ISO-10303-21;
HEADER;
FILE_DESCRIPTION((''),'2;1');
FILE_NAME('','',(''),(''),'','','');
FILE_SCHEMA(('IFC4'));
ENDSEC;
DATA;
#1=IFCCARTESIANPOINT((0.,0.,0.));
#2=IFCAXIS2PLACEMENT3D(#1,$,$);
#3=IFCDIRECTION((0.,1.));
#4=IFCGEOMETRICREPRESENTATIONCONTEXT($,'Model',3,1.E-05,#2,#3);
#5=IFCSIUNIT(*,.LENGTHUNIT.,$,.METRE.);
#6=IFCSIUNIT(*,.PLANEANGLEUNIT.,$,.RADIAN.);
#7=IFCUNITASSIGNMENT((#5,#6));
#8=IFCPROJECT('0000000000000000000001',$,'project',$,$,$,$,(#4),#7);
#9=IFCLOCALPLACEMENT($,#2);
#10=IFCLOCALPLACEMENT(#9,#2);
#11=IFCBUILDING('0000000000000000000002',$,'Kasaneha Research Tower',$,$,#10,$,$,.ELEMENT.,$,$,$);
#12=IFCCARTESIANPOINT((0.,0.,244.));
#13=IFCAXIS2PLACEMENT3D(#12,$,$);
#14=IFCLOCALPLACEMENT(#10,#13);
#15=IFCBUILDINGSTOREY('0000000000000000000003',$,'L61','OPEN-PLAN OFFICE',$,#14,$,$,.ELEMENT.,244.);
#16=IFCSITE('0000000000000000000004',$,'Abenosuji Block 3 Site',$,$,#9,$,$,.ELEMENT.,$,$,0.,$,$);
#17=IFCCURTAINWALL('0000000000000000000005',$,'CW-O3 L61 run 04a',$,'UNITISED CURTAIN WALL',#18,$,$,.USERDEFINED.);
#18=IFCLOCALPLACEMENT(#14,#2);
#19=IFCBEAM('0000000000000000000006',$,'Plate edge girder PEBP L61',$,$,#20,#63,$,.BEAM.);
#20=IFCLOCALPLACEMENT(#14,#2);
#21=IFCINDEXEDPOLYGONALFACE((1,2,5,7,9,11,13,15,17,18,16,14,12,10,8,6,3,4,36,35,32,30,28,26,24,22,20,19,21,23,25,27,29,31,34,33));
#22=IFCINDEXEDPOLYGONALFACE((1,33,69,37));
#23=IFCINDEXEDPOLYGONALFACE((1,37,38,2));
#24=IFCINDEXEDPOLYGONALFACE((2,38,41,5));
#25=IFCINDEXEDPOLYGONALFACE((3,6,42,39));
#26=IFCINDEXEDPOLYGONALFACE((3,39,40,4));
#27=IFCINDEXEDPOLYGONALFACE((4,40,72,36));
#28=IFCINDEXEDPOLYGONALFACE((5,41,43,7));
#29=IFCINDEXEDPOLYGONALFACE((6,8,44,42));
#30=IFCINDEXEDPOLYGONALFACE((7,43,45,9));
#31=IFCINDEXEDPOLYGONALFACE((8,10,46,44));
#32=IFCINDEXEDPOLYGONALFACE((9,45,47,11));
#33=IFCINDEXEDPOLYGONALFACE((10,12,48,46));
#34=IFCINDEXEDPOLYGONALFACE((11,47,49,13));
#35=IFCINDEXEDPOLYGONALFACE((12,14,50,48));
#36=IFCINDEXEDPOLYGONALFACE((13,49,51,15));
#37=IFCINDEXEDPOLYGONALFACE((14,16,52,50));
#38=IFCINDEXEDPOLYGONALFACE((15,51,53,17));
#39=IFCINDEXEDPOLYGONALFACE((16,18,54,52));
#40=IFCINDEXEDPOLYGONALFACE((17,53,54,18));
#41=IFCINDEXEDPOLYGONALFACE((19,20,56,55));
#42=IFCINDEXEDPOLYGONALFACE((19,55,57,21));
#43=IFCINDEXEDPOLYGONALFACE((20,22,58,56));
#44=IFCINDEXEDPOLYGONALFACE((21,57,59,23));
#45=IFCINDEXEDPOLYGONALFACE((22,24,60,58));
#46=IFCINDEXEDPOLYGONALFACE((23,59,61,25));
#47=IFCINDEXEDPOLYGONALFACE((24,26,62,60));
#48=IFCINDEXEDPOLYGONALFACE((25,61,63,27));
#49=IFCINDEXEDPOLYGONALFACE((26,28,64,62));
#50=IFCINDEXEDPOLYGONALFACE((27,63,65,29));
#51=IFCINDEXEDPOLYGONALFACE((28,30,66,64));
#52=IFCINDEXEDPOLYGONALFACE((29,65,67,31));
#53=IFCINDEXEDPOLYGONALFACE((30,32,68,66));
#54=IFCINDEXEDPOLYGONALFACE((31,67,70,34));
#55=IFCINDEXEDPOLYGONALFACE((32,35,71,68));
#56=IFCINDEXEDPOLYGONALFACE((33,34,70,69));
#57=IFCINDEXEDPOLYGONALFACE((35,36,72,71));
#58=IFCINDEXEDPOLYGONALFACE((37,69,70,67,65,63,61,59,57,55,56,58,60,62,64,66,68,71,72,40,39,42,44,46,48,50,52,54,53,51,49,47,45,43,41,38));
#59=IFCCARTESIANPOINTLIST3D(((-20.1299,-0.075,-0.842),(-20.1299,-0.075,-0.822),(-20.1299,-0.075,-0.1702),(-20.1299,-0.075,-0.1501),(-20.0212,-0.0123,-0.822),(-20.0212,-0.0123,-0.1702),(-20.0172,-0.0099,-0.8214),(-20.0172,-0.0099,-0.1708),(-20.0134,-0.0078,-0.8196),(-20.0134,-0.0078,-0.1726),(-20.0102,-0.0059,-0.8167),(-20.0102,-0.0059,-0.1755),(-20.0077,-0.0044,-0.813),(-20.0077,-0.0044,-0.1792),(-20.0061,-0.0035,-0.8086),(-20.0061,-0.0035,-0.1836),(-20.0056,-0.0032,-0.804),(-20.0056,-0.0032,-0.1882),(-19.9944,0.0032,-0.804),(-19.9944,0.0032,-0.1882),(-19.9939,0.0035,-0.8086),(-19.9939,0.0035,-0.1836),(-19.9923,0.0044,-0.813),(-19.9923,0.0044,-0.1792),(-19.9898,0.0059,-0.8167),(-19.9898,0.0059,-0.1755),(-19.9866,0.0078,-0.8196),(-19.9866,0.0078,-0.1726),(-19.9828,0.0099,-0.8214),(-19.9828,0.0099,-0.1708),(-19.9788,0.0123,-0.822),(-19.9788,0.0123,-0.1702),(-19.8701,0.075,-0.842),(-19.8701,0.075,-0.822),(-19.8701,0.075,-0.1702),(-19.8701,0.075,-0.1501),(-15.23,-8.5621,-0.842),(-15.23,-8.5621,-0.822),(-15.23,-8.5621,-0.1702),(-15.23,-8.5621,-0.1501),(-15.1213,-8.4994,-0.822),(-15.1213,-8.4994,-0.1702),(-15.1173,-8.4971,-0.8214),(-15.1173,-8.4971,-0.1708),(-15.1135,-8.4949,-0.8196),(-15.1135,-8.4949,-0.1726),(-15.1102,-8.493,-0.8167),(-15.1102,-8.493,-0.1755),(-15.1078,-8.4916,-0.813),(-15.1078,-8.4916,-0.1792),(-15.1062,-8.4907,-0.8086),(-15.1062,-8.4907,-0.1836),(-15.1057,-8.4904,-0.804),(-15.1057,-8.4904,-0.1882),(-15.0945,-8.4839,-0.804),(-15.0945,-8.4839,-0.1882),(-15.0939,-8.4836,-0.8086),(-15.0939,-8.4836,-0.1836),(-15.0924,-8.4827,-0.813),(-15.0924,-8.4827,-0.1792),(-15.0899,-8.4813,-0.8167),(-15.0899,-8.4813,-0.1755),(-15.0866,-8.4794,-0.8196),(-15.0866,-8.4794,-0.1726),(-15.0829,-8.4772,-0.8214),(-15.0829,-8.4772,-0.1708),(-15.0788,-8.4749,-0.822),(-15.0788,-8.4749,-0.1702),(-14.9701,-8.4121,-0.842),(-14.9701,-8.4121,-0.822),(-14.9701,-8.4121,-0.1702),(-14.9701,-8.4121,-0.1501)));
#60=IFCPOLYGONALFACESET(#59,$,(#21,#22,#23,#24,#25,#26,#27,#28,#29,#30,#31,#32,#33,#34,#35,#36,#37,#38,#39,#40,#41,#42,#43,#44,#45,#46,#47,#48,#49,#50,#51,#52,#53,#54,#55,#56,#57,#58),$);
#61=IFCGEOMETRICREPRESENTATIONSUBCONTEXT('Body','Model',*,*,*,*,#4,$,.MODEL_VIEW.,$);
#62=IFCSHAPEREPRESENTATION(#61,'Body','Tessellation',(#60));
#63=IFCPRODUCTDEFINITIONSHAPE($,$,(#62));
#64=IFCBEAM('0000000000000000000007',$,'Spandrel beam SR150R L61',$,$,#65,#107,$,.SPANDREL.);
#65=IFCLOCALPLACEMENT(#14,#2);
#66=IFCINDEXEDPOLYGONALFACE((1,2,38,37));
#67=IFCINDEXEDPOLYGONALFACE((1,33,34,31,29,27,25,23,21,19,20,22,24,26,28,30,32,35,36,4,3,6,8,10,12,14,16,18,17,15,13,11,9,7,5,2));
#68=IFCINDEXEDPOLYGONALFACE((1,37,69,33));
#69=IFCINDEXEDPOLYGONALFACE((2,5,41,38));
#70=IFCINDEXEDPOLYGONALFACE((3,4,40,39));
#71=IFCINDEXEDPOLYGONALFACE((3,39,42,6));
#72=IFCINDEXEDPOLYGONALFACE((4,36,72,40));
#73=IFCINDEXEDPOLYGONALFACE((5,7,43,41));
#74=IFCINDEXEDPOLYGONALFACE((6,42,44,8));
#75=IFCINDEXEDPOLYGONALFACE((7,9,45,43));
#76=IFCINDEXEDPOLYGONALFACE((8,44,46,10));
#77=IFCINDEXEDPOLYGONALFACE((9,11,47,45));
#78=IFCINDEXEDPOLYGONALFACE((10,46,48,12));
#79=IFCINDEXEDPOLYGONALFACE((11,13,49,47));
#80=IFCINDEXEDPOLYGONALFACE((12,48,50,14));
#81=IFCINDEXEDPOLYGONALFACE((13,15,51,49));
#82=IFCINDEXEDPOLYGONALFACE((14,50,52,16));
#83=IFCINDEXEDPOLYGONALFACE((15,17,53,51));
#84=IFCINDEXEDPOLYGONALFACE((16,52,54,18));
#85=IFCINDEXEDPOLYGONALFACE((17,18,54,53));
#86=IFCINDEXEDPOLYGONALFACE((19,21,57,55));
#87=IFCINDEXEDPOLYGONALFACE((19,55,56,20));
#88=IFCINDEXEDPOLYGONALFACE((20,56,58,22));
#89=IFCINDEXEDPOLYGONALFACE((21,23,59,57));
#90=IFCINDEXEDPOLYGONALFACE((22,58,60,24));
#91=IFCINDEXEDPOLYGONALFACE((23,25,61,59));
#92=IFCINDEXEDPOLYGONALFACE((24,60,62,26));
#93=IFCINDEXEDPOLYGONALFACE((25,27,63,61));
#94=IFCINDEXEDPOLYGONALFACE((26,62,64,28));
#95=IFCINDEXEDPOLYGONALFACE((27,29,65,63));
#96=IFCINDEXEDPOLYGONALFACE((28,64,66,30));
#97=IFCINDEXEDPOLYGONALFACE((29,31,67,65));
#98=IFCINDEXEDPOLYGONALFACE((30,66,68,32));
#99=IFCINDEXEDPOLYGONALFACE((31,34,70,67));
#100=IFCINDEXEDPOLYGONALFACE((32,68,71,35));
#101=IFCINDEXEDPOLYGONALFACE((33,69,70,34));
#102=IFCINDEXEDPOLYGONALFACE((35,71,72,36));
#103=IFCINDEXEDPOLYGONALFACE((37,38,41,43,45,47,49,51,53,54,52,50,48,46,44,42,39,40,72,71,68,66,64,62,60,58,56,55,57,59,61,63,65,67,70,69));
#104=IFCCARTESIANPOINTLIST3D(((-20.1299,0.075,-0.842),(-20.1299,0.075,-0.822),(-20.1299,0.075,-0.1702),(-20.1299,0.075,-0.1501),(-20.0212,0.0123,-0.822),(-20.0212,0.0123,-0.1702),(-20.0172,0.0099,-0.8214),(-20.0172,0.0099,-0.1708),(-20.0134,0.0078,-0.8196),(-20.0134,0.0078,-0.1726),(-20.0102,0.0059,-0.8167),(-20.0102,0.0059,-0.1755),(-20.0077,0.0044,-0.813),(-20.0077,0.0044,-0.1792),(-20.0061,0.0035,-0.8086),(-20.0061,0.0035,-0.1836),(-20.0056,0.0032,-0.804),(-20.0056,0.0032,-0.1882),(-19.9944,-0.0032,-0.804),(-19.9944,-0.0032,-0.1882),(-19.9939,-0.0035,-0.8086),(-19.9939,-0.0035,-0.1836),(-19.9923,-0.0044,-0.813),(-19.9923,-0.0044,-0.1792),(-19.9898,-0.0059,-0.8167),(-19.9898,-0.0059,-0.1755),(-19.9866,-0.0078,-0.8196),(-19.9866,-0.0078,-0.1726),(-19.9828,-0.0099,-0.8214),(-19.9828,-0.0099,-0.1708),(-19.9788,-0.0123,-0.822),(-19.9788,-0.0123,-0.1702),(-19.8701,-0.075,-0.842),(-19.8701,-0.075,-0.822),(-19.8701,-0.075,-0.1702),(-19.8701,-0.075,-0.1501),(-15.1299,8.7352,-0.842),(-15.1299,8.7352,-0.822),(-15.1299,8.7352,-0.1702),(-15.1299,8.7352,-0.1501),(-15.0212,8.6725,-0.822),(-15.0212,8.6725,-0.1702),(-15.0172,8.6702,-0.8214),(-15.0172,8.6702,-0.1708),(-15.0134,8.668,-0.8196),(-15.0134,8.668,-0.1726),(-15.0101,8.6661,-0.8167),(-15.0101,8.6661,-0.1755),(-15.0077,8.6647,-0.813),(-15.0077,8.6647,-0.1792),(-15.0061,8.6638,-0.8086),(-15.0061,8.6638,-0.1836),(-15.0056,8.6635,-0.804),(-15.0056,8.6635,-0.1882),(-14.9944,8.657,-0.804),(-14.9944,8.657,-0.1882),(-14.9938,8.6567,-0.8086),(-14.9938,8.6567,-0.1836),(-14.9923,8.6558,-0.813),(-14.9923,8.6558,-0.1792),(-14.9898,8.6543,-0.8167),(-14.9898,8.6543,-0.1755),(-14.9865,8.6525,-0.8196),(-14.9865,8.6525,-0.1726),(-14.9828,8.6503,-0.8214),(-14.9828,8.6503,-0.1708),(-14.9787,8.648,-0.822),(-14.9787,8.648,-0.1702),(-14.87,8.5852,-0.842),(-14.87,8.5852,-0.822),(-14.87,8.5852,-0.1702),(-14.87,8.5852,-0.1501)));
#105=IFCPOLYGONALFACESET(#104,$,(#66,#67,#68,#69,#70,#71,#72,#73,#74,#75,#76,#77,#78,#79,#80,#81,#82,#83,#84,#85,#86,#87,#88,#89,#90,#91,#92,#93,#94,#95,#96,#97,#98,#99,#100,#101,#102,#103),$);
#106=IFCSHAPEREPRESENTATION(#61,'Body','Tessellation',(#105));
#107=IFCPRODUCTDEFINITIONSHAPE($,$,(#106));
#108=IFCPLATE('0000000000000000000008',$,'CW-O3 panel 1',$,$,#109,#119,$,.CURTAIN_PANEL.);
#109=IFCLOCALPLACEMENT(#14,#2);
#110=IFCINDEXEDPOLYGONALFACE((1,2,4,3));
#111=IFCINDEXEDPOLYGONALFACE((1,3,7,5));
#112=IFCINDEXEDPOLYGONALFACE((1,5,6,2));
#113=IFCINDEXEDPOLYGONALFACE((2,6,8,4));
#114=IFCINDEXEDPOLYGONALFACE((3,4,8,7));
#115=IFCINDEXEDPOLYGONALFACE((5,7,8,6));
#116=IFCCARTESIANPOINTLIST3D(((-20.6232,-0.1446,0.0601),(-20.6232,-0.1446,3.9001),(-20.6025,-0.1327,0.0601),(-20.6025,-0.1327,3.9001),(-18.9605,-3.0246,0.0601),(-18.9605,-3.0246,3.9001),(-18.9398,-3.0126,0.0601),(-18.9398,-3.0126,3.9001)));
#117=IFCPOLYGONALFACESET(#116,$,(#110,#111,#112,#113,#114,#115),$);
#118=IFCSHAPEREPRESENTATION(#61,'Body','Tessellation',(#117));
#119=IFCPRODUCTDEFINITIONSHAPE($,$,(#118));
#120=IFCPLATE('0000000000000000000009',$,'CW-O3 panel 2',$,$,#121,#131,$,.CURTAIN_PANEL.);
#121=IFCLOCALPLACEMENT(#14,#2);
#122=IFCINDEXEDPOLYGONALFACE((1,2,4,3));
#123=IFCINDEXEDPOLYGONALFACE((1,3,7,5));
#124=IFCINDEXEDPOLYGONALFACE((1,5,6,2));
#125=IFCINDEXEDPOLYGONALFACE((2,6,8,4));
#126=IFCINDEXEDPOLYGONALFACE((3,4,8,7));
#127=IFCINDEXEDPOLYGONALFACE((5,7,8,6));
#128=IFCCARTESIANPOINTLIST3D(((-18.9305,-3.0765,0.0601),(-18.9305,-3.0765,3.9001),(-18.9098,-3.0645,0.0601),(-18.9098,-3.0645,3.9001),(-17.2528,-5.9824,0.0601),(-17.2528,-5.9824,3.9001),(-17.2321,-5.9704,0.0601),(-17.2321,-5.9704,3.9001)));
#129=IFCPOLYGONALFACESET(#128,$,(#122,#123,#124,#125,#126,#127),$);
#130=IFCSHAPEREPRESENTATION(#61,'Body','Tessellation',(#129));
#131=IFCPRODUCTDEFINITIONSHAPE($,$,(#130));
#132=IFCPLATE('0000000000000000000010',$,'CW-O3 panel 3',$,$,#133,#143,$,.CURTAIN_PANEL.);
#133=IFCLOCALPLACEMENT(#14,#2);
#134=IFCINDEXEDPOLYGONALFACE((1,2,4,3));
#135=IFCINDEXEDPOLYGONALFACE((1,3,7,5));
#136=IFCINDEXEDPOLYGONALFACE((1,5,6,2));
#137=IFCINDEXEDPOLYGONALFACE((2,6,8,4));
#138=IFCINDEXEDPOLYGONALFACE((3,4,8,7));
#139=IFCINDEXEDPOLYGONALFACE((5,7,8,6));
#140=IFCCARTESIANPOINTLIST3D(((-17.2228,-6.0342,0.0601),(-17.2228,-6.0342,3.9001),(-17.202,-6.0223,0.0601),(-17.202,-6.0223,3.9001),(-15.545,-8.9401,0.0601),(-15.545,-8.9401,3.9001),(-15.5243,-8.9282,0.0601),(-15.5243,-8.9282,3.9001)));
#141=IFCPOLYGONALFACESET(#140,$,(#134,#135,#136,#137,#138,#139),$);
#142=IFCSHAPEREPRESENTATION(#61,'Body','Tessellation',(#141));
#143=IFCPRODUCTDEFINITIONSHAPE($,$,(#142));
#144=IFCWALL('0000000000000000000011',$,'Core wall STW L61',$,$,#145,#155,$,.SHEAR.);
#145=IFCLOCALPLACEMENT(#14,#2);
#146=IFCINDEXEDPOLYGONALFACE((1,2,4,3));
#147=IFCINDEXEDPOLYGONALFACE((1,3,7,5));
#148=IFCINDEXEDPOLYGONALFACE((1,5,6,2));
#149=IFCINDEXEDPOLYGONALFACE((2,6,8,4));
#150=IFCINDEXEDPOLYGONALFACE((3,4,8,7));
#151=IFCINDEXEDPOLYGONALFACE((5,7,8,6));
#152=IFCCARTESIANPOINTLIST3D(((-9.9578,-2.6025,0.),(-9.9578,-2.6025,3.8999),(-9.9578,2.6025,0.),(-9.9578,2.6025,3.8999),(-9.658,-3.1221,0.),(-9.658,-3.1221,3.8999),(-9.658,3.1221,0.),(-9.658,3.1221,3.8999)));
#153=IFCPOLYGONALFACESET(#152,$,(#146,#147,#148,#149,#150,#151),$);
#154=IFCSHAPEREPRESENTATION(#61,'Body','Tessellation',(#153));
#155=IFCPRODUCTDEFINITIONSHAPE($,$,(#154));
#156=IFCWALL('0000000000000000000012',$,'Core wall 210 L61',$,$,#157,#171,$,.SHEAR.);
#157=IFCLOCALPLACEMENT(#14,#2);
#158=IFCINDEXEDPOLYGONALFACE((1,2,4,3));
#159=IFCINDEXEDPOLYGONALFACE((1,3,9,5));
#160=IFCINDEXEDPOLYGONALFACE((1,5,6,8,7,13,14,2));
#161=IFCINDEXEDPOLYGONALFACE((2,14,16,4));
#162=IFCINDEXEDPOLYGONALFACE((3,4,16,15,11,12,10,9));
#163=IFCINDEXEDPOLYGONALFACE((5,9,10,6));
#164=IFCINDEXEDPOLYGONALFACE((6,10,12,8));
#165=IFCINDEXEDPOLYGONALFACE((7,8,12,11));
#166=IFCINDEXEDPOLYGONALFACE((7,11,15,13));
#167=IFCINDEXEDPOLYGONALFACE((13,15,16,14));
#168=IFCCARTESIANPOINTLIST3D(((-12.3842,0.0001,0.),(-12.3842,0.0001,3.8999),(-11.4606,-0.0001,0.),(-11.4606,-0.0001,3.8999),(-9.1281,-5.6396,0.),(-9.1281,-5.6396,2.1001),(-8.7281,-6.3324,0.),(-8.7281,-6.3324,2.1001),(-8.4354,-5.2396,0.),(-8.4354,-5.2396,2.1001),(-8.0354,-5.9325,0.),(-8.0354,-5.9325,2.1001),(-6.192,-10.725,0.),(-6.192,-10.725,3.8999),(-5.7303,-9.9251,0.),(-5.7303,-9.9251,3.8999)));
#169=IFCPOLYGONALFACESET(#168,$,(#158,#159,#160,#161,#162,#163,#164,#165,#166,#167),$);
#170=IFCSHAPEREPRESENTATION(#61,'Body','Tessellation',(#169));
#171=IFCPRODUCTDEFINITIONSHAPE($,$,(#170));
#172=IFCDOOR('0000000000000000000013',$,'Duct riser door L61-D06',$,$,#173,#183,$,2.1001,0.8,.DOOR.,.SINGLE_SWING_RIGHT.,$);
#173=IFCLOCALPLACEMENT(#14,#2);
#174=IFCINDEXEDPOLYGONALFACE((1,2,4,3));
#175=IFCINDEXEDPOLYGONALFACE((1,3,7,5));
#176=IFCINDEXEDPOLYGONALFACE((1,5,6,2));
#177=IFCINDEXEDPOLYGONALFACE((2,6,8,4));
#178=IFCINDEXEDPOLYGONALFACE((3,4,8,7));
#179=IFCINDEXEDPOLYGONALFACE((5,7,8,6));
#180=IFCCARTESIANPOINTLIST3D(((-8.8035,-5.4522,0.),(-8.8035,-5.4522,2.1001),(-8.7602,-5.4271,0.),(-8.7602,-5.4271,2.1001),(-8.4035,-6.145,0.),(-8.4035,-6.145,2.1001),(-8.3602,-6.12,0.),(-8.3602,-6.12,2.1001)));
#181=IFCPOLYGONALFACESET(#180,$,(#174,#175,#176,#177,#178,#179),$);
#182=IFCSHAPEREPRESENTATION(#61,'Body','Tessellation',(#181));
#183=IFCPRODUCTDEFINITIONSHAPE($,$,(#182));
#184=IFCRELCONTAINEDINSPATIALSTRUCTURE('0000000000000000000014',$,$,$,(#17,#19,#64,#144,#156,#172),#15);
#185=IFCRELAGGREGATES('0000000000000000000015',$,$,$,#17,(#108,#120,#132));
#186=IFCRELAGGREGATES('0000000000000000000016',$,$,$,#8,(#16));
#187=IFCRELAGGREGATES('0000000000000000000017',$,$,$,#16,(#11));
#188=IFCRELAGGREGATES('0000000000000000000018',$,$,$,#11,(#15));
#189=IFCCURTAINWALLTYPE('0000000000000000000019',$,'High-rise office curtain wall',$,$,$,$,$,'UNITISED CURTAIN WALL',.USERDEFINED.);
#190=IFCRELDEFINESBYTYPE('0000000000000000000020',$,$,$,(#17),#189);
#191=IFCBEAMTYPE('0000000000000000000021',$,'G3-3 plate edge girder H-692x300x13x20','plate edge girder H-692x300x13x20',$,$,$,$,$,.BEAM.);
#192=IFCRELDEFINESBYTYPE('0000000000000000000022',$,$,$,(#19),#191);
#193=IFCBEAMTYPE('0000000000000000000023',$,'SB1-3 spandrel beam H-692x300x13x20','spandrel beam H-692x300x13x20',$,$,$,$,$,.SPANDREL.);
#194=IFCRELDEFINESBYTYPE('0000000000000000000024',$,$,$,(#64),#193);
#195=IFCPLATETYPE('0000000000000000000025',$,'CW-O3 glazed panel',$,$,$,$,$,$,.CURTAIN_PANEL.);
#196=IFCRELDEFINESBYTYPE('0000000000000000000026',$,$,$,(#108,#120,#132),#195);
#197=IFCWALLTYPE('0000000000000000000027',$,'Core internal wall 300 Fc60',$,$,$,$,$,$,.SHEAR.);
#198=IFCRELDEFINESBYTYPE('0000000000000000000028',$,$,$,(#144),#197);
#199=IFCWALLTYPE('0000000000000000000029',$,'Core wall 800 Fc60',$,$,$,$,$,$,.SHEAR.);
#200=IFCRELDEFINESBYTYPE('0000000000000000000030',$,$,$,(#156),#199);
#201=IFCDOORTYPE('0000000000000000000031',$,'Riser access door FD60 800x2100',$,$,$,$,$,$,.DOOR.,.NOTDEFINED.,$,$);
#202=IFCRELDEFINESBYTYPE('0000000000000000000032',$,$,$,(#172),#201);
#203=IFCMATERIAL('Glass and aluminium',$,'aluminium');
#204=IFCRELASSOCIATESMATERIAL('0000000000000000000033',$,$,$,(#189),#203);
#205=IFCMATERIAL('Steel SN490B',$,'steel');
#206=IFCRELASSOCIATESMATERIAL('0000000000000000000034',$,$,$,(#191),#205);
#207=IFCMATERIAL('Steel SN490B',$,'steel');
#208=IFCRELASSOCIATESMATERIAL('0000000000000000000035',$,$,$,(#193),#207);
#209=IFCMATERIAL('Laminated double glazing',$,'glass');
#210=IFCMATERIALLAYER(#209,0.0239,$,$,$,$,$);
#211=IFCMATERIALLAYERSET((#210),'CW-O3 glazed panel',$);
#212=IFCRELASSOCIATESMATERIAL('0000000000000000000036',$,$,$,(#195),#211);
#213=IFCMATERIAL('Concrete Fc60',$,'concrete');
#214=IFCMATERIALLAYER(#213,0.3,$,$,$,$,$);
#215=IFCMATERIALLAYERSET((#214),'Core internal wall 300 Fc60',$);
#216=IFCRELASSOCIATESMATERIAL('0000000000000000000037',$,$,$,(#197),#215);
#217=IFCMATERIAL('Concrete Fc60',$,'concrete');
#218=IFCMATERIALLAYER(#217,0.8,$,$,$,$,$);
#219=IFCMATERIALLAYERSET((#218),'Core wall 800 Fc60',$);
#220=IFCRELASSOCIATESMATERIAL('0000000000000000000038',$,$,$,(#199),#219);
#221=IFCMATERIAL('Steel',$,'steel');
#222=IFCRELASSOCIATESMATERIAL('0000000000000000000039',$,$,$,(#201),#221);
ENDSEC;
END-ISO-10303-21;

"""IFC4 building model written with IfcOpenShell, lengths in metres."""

from ifc_helpers import new_model, si_unit, direction, frame, frame_2d, origin, origin_2d, place, context, subcontext, project, spatial, polyline, rectangle, i_section, outline, extrude, material, layer, layer_set, material_profile, profile_set, type_object, element, fill, aggregate, save


model = new_model("IFC4")

# Units and contexts
model_context = context("Model", 3, precision=1e-05, world=origin(), true_north=direction((0.0, 1.0)))
body_context = subcontext(model_context, "Body", "Model", "MODEL_VIEW")
ifc_project = project(units=[si_unit("LENGTHUNIT", "METRE"), si_unit("PLANEANGLEUNIT", "RADIAN")], contexts=[model_context])

# Site, building, storey
site_placement = place(None, origin())
site = spatial("IfcSite", under=ifc_project, at=site_placement, Name="Abenosuji Block 3 Site", CompositionType="ELEMENT", RefElevation=0.0)
building_placement = place(site_placement, origin())
building = spatial("IfcBuilding", under=site, at=building_placement, Name="Kasaneha Research Tower", CompositionType="ELEMENT")
storey_placement = place(building_placement, frame((0.0, 0.0, 244.0)))
storey = spatial("IfcBuildingStorey", under=building, at=storey_placement, Name="L61", Description="OPEN-PLAN OFFICE", CompositionType="ELEMENT", Elevation=244.0)

# Curtain wall
ifc_material_1 = material(Name="Glass and aluminium", Category="aluminium")
curtain_wall_type = type_object("IfcCurtainWallType", Name="High-rise office curtain wall", ElementType="UNITISED CURTAIN WALL", PredefinedType="USERDEFINED", material=ifc_material_1)
curtain_wall_placement = place(storey_placement, origin())
curtain_wall = element("IfcCurtainWall", 1, at=curtain_wall_placement, inside=storey, type_object=curtain_wall_type, Name="CW-O3 L61 run 04a", ObjectType="UNITISED CURTAIN WALL", PredefinedType="USERDEFINED")

# Beams
ifc_material_2 = material(Name="Steel SN490B", Category="steel")
ifc_material_profile_1 = material_profile(ifc_material_2, i_section(OverallWidth=0.3, OverallDepth=0.6919, WebThickness=0.0129, FlangeThickness=0.02, FilletRadius=0.0181, at=origin_2d()), Name="H-692x300x13x20")
ifc_profile_set_1 = profile_set([ifc_material_profile_1], Name="Steel SN490B")
beam_type_1 = type_object("IfcBeamType", Name="G3-3 plate edge girder H-692x300x13x20", Description="plate edge girder H-692x300x13x20", PredefinedType="BEAM", material=ifc_profile_set_1)
beam_1_placement = place(storey_placement, frame((-20.0, 0.0, -0.4961), z_axis=(0.499992, -0.86603, 0.0), x_axis=(0.86603, 0.499992, 0.0)))
element("IfcBeam", 2, at=beam_1_placement, inside=storey, type_object=beam_type_1, Name="Plate edge girder PEBP L61", PredefinedType="BEAM", context=body_context, shape_type="SweptSolid", body=[
    extrude(i_section(OverallWidth=0.3, OverallDepth=0.6919, WebThickness=0.0129, FlangeThickness=0.02, FilletRadius=0.0181, at=origin_2d()), origin(), (0.0, 0.0, 1.0), 9.8),
])
ifc_material_3 = material(Name="Steel SN490B", Category="steel")
ifc_material_profile_2 = material_profile(ifc_material_3, i_section(OverallWidth=0.3, OverallDepth=0.6919, WebThickness=0.0129, FlangeThickness=0.02, FilletRadius=0.0181, at=origin_2d()), Name="H-692x300x13x20")
ifc_profile_set_2 = profile_set([ifc_material_profile_2], Name="Steel SN490B")
beam_type_2 = type_object("IfcBeamType", Name="SB1-3 spandrel beam H-692x300x13x20", Description="spandrel beam H-692x300x13x20", PredefinedType="SPANDREL", material=ifc_profile_set_2)
beam_2_placement = place(storey_placement, frame((-20.0, 0.0, -0.4961), z_axis=(0.500004, 0.866023, 0.0), x_axis=(-0.866023, 0.500004, 0.0)))
element("IfcBeam", 3, at=beam_2_placement, inside=storey, type_object=beam_type_2, Name="Spandrel beam SR150R L61", PredefinedType="SPANDREL", context=body_context, shape_type="SweptSolid", body=[
    extrude(i_section(OverallWidth=0.3, OverallDepth=0.6919, WebThickness=0.0129, FlangeThickness=0.02, FilletRadius=0.0181, at=origin_2d()), origin(), (0.0, 0.0, 1.0), 10.0),
])

# Plates
ifc_material_4 = material(Name="Laminated double glazing", Category="glass")
ifc_layer_1 = layer(ifc_material_4, 0.0239)
ifc_layer_set_1 = layer_set([ifc_layer_1], Name="CW-O3 glazed panel")
plate_type = type_object("IfcPlateType", Name="CW-O3 glazed panel", PredefinedType="CURTAIN_PANEL", material=ifc_layer_set_1)
plate_1_placement = place(storey_placement, frame((-19.7815, -1.5786, 0.0601), z_axis=(0.0, 0.0, 1.0), x_axis=(0.5, -0.866025, 0.0)))
plate_1 = element("IfcPlate", 4, at=plate_1_placement, type_object=plate_type, Name="CW-O3 panel 1", PredefinedType="CURTAIN_PANEL", context=body_context, shape_type="SweptSolid", body=[
    extrude(rectangle(XDim=3.3254, YDim=0.0239, at=origin_2d()), origin(), (0.0, 0.0, 1.0), 3.8401),
])
plate_2_placement = place(storey_placement, frame((-18.0813, -4.5234, 0.0601), z_axis=(0.0, 0.0, 1.0), x_axis=(0.5, -0.866025, 0.0)))
plate_2 = element("IfcPlate", 5, at=plate_2_placement, type_object=plate_type, Name="CW-O3 panel 2", PredefinedType="CURTAIN_PANEL", context=body_context, shape_type="SweptSolid", body=[
    extrude(rectangle(XDim=3.3555, YDim=0.0239, at=origin_2d()), origin(), (0.0, 0.0, 1.0), 3.8401),
])
plate_3_placement = place(storey_placement, frame((-16.3735, -7.4812, 0.0601), z_axis=(0.0, 0.0, 1.0), x_axis=(0.5, -0.866025, 0.0)))
plate_3 = element("IfcPlate", 6, at=plate_3_placement, type_object=plate_type, Name="CW-O3 panel 3", PredefinedType="CURTAIN_PANEL", context=body_context, shape_type="SweptSolid", body=[
    extrude(rectangle(XDim=3.3555, YDim=0.0239, at=origin_2d()), origin(), (0.0, 0.0, 1.0), 3.8401),
])
aggregate(curtain_wall, [plate_1, plate_2, plate_3])

# Wall
ifc_material_5 = material(Name="Concrete Fc60", Category="concrete")
ifc_layer_2 = layer(ifc_material_5, 0.3)
ifc_layer_set_2 = layer_set([ifc_layer_2], Name="Core internal wall 300 Fc60")
wall_type_1 = type_object("IfcWallType", Name="Core internal wall 300 Fc60", PredefinedType="SHEAR", material=ifc_layer_set_2)
wall_1_placement = place(storey_placement, frame((-9.8079, -2.8623, 0.0), z_axis=(0.0, 0.0, 1.0), x_axis=(0.0, 1.0, 0.0)))
element("IfcWall", 7, at=wall_1_placement, inside=storey, type_object=wall_type_1, Name="Core wall STW L61", PredefinedType="SHEAR", context=body_context, shape_type="SweptSolid", body=[
    extrude(outline(polyline([(-0.2598, -0.1499), (5.9844, -0.1499), (5.4648, 0.1499), (0.2598, 0.1499), (-0.2598, -0.1499)])), origin(), (0.0, 0.0, 1.0), 3.8999),
])

# Wall, opening, door
ifc_material_6 = material(Name="Concrete Fc60", Category="concrete")
ifc_layer_3 = layer(ifc_material_6, 0.8)
ifc_layer_set_3 = layer_set([ifc_layer_3], Name="Core wall 800 Fc60")
wall_type_2 = type_object("IfcWallType", Name="Core wall 800 Fc60", PredefinedType="SHEAR", material=ifc_layer_set_3)
wall_2_placement = place(storey_placement, frame((-11.9224, 0.0, 0.0), z_axis=(0.0, 0.0, 1.0), x_axis=(0.500004, -0.866023, 0.0)))
wall_2 = element("IfcWall", 8, at=wall_2_placement, inside=storey, type_object=wall_type_2, Name="Core wall 210 L61", PredefinedType="SHEAR", context=body_context, shape_type="SweptSolid", body=[
    extrude(outline(polyline([(-0.231, -0.3999), (6.2812, -0.3999), (7.0813, -0.3999), (12.1533, -0.3999), (11.6914, 0.3999), (7.0813, 0.3999), (6.2812, 0.3999), (0.231, 0.3999), (-0.231, -0.3999)])), origin(), (0.0, 0.0, 1.0), 3.8999),
])
opening_1_placement = place(wall_2_placement, frame((6.2812, 0.0, 0.0)))
opening_1 = element("IfcOpeningElement", 9, at=opening_1_placement, cuts=wall_2, PredefinedType="OPENING", context=body_context, shape_type="SweptSolid", body=[
    extrude(rectangle(XDim=0.8, YDim=2.1001, at=frame_2d((0.3999, 1.05))), frame((0.0, 0.4102, 0.0), z_axis=(0.0, -1.0, 0.0), x_axis=(1.0, 0.0, 0.0)), (0.0, 0.0, 1.0), 0.8201),
])
ifc_material_7 = material(Name="Steel", Category="steel")
door_type_1 = type_object("IfcDoorType", Name="Riser access door FD60 800x2100", OperationType="NOTDEFINED", PredefinedType="DOOR", material=ifc_material_7)
door_1_placement = place(opening_1_placement, origin())
door_1 = element("IfcDoor", 10, at=door_1_placement, inside=storey, type_object=door_type_1, Name="Duct riser door L61-D06", OperationType="SINGLE_SWING_RIGHT", OverallHeight=2.1001, OverallWidth=0.8, PredefinedType="DOOR", context=body_context, shape_type="SweptSolid", body=[
    extrude(rectangle(XDim=0.8, YDim=2.1001, at=frame_2d((0.3999, 1.05))), frame((0.0, 0.0249, 0.0), z_axis=(0.0, -1.0, 0.0), x_axis=(1.0, 0.0, 0.0)), (0.0, 0.0, 1.0), 0.05),
])
fill(opening_1, door_1)

save(model, "model.ifc")
